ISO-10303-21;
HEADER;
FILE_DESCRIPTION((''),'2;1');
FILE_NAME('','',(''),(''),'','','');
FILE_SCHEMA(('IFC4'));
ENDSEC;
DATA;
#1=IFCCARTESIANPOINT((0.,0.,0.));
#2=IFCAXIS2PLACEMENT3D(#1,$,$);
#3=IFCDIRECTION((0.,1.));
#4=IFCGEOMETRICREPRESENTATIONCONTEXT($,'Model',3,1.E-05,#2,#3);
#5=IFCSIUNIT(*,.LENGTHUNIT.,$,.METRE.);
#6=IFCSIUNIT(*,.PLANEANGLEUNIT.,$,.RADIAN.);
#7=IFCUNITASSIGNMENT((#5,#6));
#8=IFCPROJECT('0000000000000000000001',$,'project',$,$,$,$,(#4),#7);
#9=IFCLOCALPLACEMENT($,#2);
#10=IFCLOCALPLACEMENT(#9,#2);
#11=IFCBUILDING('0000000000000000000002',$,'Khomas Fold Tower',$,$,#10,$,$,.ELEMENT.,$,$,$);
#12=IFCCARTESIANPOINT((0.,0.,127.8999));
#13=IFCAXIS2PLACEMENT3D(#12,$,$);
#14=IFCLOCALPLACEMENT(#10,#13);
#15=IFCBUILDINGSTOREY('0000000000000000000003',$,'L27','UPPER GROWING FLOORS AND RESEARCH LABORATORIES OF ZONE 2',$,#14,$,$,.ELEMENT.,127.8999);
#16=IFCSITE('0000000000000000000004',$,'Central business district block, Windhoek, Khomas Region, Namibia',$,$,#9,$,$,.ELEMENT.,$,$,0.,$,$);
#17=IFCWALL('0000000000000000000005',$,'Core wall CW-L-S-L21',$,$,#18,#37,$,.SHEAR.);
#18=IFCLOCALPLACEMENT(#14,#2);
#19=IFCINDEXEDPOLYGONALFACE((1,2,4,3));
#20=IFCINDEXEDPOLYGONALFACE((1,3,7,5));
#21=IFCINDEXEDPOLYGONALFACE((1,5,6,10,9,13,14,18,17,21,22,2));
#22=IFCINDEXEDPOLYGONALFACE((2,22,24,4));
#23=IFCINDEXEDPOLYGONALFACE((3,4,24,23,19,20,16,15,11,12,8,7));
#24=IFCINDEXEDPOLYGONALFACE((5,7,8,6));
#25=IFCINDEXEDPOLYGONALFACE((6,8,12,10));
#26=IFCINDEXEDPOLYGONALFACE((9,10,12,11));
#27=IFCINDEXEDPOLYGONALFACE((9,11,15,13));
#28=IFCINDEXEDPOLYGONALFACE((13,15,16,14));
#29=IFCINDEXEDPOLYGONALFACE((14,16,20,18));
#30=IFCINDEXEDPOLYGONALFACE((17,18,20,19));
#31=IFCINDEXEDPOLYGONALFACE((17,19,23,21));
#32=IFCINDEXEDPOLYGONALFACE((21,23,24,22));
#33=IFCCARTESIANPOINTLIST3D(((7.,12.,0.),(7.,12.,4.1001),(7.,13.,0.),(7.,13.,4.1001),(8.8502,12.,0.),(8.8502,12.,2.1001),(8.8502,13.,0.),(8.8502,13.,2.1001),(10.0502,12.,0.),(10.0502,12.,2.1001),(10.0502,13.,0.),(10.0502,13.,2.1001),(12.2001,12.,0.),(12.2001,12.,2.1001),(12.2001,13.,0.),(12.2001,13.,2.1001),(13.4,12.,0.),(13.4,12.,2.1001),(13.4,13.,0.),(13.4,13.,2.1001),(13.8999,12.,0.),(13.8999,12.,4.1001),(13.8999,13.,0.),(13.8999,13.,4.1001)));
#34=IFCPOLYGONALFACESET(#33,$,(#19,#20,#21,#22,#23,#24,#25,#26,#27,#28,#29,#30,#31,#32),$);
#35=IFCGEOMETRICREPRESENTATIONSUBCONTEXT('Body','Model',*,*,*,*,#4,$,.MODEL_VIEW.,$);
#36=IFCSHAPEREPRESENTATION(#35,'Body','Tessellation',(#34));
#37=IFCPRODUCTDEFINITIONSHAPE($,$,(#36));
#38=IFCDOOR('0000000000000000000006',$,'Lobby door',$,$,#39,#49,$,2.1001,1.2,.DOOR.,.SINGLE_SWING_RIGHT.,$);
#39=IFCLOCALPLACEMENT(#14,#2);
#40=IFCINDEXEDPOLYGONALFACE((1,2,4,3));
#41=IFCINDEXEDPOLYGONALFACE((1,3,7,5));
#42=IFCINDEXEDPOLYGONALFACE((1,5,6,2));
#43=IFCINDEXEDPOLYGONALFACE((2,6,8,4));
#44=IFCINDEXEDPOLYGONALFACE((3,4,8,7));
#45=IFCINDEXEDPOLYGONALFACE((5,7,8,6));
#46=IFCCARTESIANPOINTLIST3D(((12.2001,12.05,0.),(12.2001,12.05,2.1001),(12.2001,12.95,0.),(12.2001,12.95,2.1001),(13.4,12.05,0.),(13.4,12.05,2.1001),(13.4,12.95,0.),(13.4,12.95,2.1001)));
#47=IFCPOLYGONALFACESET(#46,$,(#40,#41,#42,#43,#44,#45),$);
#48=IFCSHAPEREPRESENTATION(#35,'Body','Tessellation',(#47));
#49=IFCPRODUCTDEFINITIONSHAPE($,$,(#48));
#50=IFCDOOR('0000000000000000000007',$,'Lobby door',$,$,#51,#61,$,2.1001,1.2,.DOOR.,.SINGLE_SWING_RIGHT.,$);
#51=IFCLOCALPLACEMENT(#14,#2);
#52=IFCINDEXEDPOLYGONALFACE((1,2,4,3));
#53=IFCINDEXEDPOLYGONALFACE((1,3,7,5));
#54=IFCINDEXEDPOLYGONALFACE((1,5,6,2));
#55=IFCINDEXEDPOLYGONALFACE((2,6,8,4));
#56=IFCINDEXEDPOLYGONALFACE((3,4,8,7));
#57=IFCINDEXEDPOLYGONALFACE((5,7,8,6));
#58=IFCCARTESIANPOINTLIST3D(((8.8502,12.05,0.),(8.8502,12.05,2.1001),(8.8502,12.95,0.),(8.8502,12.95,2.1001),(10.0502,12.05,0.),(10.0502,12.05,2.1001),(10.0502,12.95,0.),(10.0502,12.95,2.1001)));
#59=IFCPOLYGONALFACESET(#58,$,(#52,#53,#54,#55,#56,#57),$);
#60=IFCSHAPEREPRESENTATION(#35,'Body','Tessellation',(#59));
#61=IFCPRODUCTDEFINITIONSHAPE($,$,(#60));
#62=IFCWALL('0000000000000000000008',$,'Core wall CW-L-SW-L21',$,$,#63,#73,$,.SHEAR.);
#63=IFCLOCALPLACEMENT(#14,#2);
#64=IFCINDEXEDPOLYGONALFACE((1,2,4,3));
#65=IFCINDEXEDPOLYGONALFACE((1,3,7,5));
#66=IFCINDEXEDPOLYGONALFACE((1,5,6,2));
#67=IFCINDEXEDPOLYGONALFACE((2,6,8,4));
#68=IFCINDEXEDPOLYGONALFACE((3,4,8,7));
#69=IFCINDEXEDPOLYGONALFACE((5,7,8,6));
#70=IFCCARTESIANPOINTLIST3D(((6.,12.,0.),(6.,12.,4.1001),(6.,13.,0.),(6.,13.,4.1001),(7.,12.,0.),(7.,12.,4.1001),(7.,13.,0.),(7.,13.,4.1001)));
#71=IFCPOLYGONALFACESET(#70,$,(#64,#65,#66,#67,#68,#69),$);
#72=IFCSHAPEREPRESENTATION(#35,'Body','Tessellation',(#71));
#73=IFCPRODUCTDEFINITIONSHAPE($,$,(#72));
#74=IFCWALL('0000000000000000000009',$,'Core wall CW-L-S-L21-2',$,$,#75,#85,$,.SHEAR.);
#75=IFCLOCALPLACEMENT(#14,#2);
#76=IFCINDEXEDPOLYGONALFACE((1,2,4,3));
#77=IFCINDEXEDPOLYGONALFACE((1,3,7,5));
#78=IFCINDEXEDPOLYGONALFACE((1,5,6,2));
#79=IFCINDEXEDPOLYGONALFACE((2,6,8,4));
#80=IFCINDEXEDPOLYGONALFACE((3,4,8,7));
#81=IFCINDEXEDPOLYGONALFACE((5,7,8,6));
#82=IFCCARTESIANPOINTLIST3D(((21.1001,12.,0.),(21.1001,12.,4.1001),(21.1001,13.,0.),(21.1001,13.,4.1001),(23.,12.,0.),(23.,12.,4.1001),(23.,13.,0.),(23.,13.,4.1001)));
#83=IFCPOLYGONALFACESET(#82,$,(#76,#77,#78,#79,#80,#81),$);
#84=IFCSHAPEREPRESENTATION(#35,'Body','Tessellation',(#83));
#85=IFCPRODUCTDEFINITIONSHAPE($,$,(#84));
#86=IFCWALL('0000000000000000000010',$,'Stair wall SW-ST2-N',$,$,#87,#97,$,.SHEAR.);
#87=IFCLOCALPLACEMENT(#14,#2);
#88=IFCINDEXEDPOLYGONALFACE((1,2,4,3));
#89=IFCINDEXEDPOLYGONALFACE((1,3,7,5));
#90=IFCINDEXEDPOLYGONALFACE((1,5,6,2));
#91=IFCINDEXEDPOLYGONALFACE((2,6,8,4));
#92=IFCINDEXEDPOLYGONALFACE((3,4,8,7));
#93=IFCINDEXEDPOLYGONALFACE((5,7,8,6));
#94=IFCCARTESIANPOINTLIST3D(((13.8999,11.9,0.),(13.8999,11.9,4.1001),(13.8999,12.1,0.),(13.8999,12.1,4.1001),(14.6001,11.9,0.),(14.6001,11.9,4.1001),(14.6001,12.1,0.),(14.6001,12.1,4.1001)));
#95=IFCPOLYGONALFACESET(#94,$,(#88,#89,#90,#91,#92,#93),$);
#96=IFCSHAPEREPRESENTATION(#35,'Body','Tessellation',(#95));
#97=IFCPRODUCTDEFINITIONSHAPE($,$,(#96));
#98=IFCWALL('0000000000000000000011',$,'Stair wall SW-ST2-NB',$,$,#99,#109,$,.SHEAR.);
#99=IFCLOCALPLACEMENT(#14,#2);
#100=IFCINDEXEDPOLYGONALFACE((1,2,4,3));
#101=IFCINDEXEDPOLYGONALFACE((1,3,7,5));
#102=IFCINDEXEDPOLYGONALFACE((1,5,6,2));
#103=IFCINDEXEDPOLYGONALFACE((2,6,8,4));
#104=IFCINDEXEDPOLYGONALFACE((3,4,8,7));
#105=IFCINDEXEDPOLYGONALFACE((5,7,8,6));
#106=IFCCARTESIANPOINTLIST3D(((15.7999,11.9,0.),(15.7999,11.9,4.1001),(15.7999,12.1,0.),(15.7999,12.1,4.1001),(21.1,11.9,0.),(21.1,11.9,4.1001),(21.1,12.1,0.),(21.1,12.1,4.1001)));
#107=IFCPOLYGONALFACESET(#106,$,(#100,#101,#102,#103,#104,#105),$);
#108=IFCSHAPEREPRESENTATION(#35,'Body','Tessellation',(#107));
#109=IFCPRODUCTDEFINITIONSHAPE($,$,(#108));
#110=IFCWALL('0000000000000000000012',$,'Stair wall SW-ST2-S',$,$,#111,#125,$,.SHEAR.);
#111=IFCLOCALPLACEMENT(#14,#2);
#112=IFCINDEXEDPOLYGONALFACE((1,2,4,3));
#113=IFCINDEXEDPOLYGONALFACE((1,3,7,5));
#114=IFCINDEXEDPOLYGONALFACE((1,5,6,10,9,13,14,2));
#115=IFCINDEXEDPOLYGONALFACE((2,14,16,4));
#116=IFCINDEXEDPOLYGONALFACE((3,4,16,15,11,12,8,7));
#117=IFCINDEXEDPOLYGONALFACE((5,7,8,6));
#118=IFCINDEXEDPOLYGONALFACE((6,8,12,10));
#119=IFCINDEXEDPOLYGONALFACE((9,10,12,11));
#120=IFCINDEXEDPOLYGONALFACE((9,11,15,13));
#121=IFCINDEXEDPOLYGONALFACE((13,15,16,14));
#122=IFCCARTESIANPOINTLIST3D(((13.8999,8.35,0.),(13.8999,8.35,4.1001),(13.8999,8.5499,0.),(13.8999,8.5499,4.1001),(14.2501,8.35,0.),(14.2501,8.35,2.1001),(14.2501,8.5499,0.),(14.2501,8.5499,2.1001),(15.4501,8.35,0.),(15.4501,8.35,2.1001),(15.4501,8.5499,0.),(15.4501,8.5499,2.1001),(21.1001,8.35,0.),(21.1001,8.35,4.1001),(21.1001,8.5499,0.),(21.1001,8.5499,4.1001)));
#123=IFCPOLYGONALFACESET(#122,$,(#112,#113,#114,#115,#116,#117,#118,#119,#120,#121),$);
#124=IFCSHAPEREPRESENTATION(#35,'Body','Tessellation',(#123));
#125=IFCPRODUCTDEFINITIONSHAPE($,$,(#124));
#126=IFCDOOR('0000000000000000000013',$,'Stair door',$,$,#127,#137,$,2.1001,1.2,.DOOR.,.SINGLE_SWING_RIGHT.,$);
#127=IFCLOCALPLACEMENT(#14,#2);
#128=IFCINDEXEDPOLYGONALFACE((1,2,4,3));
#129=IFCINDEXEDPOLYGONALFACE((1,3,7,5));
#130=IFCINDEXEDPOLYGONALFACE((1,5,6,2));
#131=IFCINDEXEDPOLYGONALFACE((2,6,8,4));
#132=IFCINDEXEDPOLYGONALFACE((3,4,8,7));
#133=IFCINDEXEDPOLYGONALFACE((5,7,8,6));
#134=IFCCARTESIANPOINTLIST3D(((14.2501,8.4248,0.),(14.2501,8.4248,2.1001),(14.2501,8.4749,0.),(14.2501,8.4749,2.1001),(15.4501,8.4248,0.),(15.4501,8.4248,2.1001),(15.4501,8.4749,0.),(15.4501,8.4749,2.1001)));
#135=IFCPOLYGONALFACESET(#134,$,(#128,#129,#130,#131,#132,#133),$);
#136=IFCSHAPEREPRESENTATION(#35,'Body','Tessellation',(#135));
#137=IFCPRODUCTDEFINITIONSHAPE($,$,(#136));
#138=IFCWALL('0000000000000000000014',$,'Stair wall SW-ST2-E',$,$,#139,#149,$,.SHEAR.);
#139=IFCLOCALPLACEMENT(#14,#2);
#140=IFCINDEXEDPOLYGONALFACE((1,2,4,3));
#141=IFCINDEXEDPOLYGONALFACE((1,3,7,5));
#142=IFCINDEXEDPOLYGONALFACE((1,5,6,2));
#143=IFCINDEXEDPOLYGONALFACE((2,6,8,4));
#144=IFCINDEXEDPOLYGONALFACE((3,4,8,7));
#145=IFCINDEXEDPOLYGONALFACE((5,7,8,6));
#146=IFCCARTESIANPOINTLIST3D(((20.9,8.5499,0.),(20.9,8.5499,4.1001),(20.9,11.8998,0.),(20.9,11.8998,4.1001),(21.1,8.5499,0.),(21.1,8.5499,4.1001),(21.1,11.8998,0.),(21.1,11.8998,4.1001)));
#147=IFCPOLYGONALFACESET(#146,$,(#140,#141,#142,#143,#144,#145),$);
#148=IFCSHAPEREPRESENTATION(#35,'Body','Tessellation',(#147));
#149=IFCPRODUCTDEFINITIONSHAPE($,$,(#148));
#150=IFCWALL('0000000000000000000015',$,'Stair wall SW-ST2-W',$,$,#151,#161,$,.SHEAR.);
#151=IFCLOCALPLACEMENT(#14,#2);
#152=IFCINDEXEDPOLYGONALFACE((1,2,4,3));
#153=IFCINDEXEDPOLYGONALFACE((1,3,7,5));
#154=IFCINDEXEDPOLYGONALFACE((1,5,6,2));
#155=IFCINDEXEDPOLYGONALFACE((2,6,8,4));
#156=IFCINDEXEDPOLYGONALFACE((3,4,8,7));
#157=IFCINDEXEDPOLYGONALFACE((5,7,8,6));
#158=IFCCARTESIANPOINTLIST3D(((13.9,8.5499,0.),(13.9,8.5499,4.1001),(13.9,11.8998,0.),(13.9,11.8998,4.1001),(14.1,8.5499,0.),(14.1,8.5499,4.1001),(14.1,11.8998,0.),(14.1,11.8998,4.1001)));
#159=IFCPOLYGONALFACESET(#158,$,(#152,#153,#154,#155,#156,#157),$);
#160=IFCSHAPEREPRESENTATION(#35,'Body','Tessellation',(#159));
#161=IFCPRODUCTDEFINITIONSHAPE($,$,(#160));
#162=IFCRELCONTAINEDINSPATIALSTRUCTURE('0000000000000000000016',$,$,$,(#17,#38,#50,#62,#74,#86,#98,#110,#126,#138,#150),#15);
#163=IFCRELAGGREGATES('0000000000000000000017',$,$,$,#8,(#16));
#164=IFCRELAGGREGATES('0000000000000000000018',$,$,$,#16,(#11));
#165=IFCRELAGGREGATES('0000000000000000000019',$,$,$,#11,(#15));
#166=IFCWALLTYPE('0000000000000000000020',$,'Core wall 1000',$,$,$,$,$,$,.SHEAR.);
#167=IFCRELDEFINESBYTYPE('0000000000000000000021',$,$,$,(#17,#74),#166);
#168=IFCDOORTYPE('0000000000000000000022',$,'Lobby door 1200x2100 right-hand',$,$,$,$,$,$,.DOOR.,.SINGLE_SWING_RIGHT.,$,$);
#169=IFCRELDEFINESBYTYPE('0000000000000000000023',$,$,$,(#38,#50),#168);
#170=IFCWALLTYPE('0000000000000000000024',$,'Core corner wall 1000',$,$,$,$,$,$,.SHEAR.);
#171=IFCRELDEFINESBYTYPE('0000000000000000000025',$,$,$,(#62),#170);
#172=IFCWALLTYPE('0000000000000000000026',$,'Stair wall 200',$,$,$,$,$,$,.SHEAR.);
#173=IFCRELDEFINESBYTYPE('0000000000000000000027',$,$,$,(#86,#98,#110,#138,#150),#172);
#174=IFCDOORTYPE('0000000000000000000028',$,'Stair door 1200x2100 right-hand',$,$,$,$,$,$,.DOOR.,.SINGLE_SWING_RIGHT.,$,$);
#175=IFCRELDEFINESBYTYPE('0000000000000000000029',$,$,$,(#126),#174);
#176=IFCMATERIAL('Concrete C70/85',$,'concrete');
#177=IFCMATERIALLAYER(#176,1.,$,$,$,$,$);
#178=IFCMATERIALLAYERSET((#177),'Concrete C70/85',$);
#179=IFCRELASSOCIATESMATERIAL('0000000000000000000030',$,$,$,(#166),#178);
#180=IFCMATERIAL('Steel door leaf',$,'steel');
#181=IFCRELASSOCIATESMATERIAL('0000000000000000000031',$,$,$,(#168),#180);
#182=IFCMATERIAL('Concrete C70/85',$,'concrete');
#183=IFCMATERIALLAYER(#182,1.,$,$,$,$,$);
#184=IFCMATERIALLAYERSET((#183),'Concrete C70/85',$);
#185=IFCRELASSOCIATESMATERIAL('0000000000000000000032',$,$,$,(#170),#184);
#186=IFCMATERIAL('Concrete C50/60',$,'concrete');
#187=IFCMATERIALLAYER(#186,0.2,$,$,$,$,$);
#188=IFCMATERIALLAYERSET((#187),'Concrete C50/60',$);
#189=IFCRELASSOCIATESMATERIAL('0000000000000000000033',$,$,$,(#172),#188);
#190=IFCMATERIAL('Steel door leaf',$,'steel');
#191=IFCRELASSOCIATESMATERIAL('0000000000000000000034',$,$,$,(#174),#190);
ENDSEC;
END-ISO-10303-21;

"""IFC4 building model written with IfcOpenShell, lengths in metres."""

from ifc_helpers import new_model, si_unit, direction, frame, frame_2d, origin, place, context, subcontext, project, spatial, rectangle, extrude, source, transform, mapped, material, layer, layer_set, type_object, element, fill, save


model = new_model("IFC4")

# Units and contexts
model_context = context("Model", 3, precision=1e-05, world=origin(), true_north=direction((0.0, 1.0)))
body_context = subcontext(model_context, "Body", "Model", "MODEL_VIEW")
ifc_project = project(units=[si_unit("LENGTHUNIT", "METRE"), si_unit("PLANEANGLEUNIT", "RADIAN")], contexts=[model_context])

# Site, building, storey
site_placement = place(None, origin())
site = spatial("IfcSite", under=ifc_project, at=site_placement, Name="Central business district block, Windhoek, Khomas Region, Namibia", CompositionType="ELEMENT", RefElevation=0.0)
building_placement = place(site_placement, origin())
building = spatial("IfcBuilding", under=site, at=building_placement, Name="Khomas Fold Tower", CompositionType="ELEMENT")
storey_placement = place(building_placement, frame((0.0, 0.0, 127.8999)))
storey = spatial("IfcBuildingStorey", under=building, at=storey_placement, Name="L27", Description="UPPER GROWING FLOORS AND RESEARCH LABORATORIES OF ZONE 2", CompositionType="ELEMENT", Elevation=127.8999)

# Wall, openings, doors
ifc_material_1 = material(Name="Concrete C70/85", Category="concrete")
ifc_layer_1 = layer(ifc_material_1, 1.0)
ifc_layer_set_1 = layer_set([ifc_layer_1], Name="Concrete C70/85")
wall_type_1 = type_object("IfcWallType", Name="Core wall 1000", PredefinedType="SHEAR", material=ifc_layer_set_1)
shared_shape_1 = source(origin(), body_context, "Body", "SweptSolid", [
    extrude(rectangle(XDim=6.8999, YDim=1.0, at=frame_2d((3.45, 0.0))), origin(), (0.0, 0.0, 1.0), 4.1001),
])
wall_1_placement = place(storey_placement, frame((7.0, 12.5, 0.0), z_axis=(0.0, 0.0, 1.0), x_axis=(1.0, 0.0, 0.0)))
wall_1 = element("IfcWall", 1, at=wall_1_placement, inside=storey, type_object=wall_type_1, Name="Core wall CW-L-S-L21", PredefinedType="SHEAR", context=body_context, shape_type="MappedRepresentation", body=[
    mapped(shared_shape_1, transform((0.0, 0.0, 0.0))),
])
shared_shape_2 = source(origin(), body_context, "Body", "SweptSolid", [
    extrude(rectangle(XDim=1.2, YDim=2.1001, at=frame_2d((0.6001, 1.05))), frame((0.0, 0.51, 0.0), z_axis=(0.0, -1.0, 0.0), x_axis=(1.0, 0.0, 0.0)), (0.0, 0.0, 1.0), 1.02),
])
opening_1_placement = place(wall_1_placement, frame((5.2, 0.0, 0.0)))
opening_1 = element("IfcOpeningElement", 2, at=opening_1_placement, cuts=wall_1, PredefinedType="OPENING", context=body_context, shape_type="MappedRepresentation", body=[
    mapped(shared_shape_2, transform((0.0, 0.0, 0.0))),
])
opening_2_placement = place(wall_1_placement, frame((1.8501, 0.0, 0.0)))
opening_2 = element("IfcOpeningElement", 3, at=opening_2_placement, cuts=wall_1, PredefinedType="OPENING", context=body_context, shape_type="MappedRepresentation", body=[
    mapped(shared_shape_2, transform((0.0, 0.0, 0.0))),
])
ifc_material_2 = material(Name="Steel door leaf", Category="steel")
door_type_1 = type_object("IfcDoorType", Name="Lobby door 1200x2100 right-hand", OperationType="SINGLE_SWING_RIGHT", PredefinedType="DOOR", material=ifc_material_2)
shared_shape_3 = source(origin(), body_context, "Body", "SweptSolid", [
    extrude(rectangle(XDim=1.2, YDim=2.1001, at=frame_2d((0.6001, 1.05))), frame((0.0, 0.45, 0.0), z_axis=(0.0, -1.0, 0.0), x_axis=(1.0, 0.0, 0.0)), (0.0, 0.0, 1.0), 0.8999),
])
door_1_placement = place(opening_1_placement, origin())
door_1 = element("IfcDoor", 4, at=door_1_placement, inside=storey, type_object=door_type_1, Name="Lobby door", OperationType="SINGLE_SWING_RIGHT", OverallHeight=2.1001, OverallWidth=1.2, PredefinedType="DOOR", context=body_context, shape_type="MappedRepresentation", body=[
    mapped(shared_shape_3, transform((0.0, 0.0, 0.0))),
])
fill(opening_1, door_1)
door_2_placement = place(opening_2_placement, origin())
door_2 = element("IfcDoor", 5, at=door_2_placement, inside=storey, type_object=door_type_1, Name="Lobby door", OperationType="SINGLE_SWING_RIGHT", OverallHeight=2.1001, OverallWidth=1.2, PredefinedType="DOOR", context=body_context, shape_type="MappedRepresentation", body=[
    mapped(shared_shape_3, transform((0.0, 0.0, 0.0))),
])
fill(opening_2, door_2)

# Walls
ifc_material_3 = material(Name="Concrete C70/85", Category="concrete")
ifc_layer_2 = layer(ifc_material_3, 1.0)
ifc_layer_set_2 = layer_set([ifc_layer_2], Name="Concrete C70/85")
wall_type_2 = type_object("IfcWallType", Name="Core corner wall 1000", PredefinedType="SHEAR", material=ifc_layer_set_2)
shared_shape_4 = source(origin(), body_context, "Body", "SweptSolid", [
    extrude(rectangle(XDim=1.0, YDim=1.0, at=frame_2d((0.5, 0.0))), origin(), (0.0, 0.0, 1.0), 4.1001),
])
wall_2_placement = place(storey_placement, frame((6.0, 12.5, 0.0), z_axis=(0.0, 0.0, 1.0), x_axis=(1.0, 0.0, 0.0)))
element("IfcWall", 6, at=wall_2_placement, inside=storey, type_object=wall_type_2, Name="Core wall CW-L-SW-L21", PredefinedType="SHEAR", context=body_context, shape_type="MappedRepresentation", body=[
    mapped(shared_shape_4, transform((0.0, 0.0, 0.0))),
])
shared_shape_5 = source(origin(), body_context, "Body", "SweptSolid", [
    extrude(rectangle(XDim=1.8999, YDim=1.0, at=frame_2d((0.95, 0.0))), origin(), (0.0, 0.0, 1.0), 4.1001),
])
wall_3_placement = place(storey_placement, frame((21.1001, 12.5, 0.0), z_axis=(0.0, 0.0, 1.0), x_axis=(1.0, 0.0, 0.0)))
element("IfcWall", 7, at=wall_3_placement, inside=storey, type_object=wall_type_1, Name="Core wall CW-L-S-L21-2", PredefinedType="SHEAR", context=body_context, shape_type="MappedRepresentation", body=[
    mapped(shared_shape_5, transform((0.0, 0.0, 0.0))),
])
ifc_material_4 = material(Name="Concrete C50/60", Category="concrete")
ifc_layer_3 = layer(ifc_material_4, 0.2)
ifc_layer_set_3 = layer_set([ifc_layer_3], Name="Concrete C50/60")
wall_type_3 = type_object("IfcWallType", Name="Stair wall 200", PredefinedType="SHEAR", material=ifc_layer_set_3)
shared_shape_6 = source(origin(), body_context, "Body", "SweptSolid", [
    extrude(rectangle(XDim=0.7002, YDim=0.2, at=frame_2d((0.3501, 0.0))), origin(), (0.0, 0.0, 1.0), 4.1001),
])
wall_4_placement = place(storey_placement, frame((13.8999, 12.0, 0.0), z_axis=(0.0, 0.0, 1.0), x_axis=(1.0, 0.0, 0.0)))
element("IfcWall", 8, at=wall_4_placement, inside=storey, type_object=wall_type_3, Name="Stair wall SW-ST2-N", PredefinedType="SHEAR", context=body_context, shape_type="MappedRepresentation", body=[
    mapped(shared_shape_6, transform((0.0, 0.0, 0.0))),
])
shared_shape_7 = source(origin(), body_context, "Body", "SweptSolid", [
    extrude(rectangle(XDim=5.3, YDim=0.2, at=frame_2d((2.6499, 0.0))), origin(), (0.0, 0.0, 1.0), 4.1001),
])
wall_5_placement = place(storey_placement, frame((15.8, 12.0, 0.0), z_axis=(0.0, 0.0, 1.0), x_axis=(1.0, 0.0, 0.0)))
element("IfcWall", 9, at=wall_5_placement, inside=storey, type_object=wall_type_3, Name="Stair wall SW-ST2-NB", PredefinedType="SHEAR", context=body_context, shape_type="MappedRepresentation", body=[
    mapped(shared_shape_7, transform((0.0, 0.0, 0.0))),
])

# Wall, opening, door
shared_shape_8 = source(origin(), body_context, "Body", "SweptSolid", [
    extrude(rectangle(XDim=7.2002, YDim=0.2, at=frame_2d((3.6001, 0.0))), origin(), (0.0, 0.0, 1.0), 4.1001),
])
wall_6_placement = place(storey_placement, frame((13.8999, 8.45, 0.0), z_axis=(0.0, 0.0, 1.0), x_axis=(1.0, 0.0, 0.0)))
wall_6 = element("IfcWall", 10, at=wall_6_placement, inside=storey, type_object=wall_type_3, Name="Stair wall SW-ST2-S", PredefinedType="SHEAR", context=body_context, shape_type="MappedRepresentation", body=[
    mapped(shared_shape_8, transform((0.0, 0.0, 0.0))),
])
shared_shape_9 = source(origin(), body_context, "Body", "SweptSolid", [
    extrude(rectangle(XDim=1.2, YDim=2.1001, at=frame_2d((0.6001, 1.05))), frame((0.0, 0.1099, 0.0), z_axis=(0.0, -1.0, 0.0), x_axis=(1.0, 0.0, 0.0)), (0.0, 0.0, 1.0), 0.22),
])
opening_3_placement = place(wall_6_placement, frame((0.3501, 0.0, 0.0)))
opening_3 = element("IfcOpeningElement", 11, at=opening_3_placement, cuts=wall_6, PredefinedType="OPENING", context=body_context, shape_type="MappedRepresentation", body=[
    mapped(shared_shape_9, transform((0.0, 0.0, 0.0))),
])
ifc_material_5 = material(Name="Steel door leaf", Category="steel")
door_type_2 = type_object("IfcDoorType", Name="Stair door 1200x2100 right-hand", OperationType="SINGLE_SWING_RIGHT", PredefinedType="DOOR", material=ifc_material_5)
shared_shape_10 = source(origin(), body_context, "Body", "SweptSolid", [
    extrude(rectangle(XDim=1.2, YDim=2.1001, at=frame_2d((0.6001, 1.05))), frame((0.0, 0.0249, 0.0), z_axis=(0.0, -1.0, 0.0), x_axis=(1.0, 0.0, 0.0)), (0.0, 0.0, 1.0), 0.05),
])
door_3_placement = place(opening_3_placement, origin())
door_3 = element("IfcDoor", 12, at=door_3_placement, inside=storey, type_object=door_type_2, Name="Stair door", OperationType="SINGLE_SWING_RIGHT", OverallHeight=2.1001, OverallWidth=1.2, PredefinedType="DOOR", context=body_context, shape_type="MappedRepresentation", body=[
    mapped(shared_shape_10, transform((0.0, 0.0, 0.0))),
])
fill(opening_3, door_3)

# Walls
shared_shape_11 = source(origin(), body_context, "Body", "SweptSolid", [
    extrude(rectangle(XDim=3.3499, YDim=0.2, at=frame_2d((1.6748, 0.0))), origin(), (0.0, 0.0, 1.0), 4.1001),
])
for number, where, z_axis, x_axis, name in (
    (13, (21.0, 8.55, 0.0), (0.0, 0.0, 1.0), (0.0, 1.0, 0.0), "Stair wall SW-ST2-E"),
    (14, (14.0, 8.55, 0.0), (0.0, 0.0, 1.0), (0.0, 1.0, 0.0), "Stair wall SW-ST2-W"),
):
    element("IfcWall", number, at=place(storey_placement, frame(where, z_axis=z_axis, x_axis=x_axis)), inside=storey, type_object=wall_type_3, Name=name, PredefinedType="SHEAR", context=body_context, shape_type="MappedRepresentation", body=[
        mapped(shared_shape_11, transform((0.0, 0.0, 0.0))),
    ])

save(model, "model.ifc")
